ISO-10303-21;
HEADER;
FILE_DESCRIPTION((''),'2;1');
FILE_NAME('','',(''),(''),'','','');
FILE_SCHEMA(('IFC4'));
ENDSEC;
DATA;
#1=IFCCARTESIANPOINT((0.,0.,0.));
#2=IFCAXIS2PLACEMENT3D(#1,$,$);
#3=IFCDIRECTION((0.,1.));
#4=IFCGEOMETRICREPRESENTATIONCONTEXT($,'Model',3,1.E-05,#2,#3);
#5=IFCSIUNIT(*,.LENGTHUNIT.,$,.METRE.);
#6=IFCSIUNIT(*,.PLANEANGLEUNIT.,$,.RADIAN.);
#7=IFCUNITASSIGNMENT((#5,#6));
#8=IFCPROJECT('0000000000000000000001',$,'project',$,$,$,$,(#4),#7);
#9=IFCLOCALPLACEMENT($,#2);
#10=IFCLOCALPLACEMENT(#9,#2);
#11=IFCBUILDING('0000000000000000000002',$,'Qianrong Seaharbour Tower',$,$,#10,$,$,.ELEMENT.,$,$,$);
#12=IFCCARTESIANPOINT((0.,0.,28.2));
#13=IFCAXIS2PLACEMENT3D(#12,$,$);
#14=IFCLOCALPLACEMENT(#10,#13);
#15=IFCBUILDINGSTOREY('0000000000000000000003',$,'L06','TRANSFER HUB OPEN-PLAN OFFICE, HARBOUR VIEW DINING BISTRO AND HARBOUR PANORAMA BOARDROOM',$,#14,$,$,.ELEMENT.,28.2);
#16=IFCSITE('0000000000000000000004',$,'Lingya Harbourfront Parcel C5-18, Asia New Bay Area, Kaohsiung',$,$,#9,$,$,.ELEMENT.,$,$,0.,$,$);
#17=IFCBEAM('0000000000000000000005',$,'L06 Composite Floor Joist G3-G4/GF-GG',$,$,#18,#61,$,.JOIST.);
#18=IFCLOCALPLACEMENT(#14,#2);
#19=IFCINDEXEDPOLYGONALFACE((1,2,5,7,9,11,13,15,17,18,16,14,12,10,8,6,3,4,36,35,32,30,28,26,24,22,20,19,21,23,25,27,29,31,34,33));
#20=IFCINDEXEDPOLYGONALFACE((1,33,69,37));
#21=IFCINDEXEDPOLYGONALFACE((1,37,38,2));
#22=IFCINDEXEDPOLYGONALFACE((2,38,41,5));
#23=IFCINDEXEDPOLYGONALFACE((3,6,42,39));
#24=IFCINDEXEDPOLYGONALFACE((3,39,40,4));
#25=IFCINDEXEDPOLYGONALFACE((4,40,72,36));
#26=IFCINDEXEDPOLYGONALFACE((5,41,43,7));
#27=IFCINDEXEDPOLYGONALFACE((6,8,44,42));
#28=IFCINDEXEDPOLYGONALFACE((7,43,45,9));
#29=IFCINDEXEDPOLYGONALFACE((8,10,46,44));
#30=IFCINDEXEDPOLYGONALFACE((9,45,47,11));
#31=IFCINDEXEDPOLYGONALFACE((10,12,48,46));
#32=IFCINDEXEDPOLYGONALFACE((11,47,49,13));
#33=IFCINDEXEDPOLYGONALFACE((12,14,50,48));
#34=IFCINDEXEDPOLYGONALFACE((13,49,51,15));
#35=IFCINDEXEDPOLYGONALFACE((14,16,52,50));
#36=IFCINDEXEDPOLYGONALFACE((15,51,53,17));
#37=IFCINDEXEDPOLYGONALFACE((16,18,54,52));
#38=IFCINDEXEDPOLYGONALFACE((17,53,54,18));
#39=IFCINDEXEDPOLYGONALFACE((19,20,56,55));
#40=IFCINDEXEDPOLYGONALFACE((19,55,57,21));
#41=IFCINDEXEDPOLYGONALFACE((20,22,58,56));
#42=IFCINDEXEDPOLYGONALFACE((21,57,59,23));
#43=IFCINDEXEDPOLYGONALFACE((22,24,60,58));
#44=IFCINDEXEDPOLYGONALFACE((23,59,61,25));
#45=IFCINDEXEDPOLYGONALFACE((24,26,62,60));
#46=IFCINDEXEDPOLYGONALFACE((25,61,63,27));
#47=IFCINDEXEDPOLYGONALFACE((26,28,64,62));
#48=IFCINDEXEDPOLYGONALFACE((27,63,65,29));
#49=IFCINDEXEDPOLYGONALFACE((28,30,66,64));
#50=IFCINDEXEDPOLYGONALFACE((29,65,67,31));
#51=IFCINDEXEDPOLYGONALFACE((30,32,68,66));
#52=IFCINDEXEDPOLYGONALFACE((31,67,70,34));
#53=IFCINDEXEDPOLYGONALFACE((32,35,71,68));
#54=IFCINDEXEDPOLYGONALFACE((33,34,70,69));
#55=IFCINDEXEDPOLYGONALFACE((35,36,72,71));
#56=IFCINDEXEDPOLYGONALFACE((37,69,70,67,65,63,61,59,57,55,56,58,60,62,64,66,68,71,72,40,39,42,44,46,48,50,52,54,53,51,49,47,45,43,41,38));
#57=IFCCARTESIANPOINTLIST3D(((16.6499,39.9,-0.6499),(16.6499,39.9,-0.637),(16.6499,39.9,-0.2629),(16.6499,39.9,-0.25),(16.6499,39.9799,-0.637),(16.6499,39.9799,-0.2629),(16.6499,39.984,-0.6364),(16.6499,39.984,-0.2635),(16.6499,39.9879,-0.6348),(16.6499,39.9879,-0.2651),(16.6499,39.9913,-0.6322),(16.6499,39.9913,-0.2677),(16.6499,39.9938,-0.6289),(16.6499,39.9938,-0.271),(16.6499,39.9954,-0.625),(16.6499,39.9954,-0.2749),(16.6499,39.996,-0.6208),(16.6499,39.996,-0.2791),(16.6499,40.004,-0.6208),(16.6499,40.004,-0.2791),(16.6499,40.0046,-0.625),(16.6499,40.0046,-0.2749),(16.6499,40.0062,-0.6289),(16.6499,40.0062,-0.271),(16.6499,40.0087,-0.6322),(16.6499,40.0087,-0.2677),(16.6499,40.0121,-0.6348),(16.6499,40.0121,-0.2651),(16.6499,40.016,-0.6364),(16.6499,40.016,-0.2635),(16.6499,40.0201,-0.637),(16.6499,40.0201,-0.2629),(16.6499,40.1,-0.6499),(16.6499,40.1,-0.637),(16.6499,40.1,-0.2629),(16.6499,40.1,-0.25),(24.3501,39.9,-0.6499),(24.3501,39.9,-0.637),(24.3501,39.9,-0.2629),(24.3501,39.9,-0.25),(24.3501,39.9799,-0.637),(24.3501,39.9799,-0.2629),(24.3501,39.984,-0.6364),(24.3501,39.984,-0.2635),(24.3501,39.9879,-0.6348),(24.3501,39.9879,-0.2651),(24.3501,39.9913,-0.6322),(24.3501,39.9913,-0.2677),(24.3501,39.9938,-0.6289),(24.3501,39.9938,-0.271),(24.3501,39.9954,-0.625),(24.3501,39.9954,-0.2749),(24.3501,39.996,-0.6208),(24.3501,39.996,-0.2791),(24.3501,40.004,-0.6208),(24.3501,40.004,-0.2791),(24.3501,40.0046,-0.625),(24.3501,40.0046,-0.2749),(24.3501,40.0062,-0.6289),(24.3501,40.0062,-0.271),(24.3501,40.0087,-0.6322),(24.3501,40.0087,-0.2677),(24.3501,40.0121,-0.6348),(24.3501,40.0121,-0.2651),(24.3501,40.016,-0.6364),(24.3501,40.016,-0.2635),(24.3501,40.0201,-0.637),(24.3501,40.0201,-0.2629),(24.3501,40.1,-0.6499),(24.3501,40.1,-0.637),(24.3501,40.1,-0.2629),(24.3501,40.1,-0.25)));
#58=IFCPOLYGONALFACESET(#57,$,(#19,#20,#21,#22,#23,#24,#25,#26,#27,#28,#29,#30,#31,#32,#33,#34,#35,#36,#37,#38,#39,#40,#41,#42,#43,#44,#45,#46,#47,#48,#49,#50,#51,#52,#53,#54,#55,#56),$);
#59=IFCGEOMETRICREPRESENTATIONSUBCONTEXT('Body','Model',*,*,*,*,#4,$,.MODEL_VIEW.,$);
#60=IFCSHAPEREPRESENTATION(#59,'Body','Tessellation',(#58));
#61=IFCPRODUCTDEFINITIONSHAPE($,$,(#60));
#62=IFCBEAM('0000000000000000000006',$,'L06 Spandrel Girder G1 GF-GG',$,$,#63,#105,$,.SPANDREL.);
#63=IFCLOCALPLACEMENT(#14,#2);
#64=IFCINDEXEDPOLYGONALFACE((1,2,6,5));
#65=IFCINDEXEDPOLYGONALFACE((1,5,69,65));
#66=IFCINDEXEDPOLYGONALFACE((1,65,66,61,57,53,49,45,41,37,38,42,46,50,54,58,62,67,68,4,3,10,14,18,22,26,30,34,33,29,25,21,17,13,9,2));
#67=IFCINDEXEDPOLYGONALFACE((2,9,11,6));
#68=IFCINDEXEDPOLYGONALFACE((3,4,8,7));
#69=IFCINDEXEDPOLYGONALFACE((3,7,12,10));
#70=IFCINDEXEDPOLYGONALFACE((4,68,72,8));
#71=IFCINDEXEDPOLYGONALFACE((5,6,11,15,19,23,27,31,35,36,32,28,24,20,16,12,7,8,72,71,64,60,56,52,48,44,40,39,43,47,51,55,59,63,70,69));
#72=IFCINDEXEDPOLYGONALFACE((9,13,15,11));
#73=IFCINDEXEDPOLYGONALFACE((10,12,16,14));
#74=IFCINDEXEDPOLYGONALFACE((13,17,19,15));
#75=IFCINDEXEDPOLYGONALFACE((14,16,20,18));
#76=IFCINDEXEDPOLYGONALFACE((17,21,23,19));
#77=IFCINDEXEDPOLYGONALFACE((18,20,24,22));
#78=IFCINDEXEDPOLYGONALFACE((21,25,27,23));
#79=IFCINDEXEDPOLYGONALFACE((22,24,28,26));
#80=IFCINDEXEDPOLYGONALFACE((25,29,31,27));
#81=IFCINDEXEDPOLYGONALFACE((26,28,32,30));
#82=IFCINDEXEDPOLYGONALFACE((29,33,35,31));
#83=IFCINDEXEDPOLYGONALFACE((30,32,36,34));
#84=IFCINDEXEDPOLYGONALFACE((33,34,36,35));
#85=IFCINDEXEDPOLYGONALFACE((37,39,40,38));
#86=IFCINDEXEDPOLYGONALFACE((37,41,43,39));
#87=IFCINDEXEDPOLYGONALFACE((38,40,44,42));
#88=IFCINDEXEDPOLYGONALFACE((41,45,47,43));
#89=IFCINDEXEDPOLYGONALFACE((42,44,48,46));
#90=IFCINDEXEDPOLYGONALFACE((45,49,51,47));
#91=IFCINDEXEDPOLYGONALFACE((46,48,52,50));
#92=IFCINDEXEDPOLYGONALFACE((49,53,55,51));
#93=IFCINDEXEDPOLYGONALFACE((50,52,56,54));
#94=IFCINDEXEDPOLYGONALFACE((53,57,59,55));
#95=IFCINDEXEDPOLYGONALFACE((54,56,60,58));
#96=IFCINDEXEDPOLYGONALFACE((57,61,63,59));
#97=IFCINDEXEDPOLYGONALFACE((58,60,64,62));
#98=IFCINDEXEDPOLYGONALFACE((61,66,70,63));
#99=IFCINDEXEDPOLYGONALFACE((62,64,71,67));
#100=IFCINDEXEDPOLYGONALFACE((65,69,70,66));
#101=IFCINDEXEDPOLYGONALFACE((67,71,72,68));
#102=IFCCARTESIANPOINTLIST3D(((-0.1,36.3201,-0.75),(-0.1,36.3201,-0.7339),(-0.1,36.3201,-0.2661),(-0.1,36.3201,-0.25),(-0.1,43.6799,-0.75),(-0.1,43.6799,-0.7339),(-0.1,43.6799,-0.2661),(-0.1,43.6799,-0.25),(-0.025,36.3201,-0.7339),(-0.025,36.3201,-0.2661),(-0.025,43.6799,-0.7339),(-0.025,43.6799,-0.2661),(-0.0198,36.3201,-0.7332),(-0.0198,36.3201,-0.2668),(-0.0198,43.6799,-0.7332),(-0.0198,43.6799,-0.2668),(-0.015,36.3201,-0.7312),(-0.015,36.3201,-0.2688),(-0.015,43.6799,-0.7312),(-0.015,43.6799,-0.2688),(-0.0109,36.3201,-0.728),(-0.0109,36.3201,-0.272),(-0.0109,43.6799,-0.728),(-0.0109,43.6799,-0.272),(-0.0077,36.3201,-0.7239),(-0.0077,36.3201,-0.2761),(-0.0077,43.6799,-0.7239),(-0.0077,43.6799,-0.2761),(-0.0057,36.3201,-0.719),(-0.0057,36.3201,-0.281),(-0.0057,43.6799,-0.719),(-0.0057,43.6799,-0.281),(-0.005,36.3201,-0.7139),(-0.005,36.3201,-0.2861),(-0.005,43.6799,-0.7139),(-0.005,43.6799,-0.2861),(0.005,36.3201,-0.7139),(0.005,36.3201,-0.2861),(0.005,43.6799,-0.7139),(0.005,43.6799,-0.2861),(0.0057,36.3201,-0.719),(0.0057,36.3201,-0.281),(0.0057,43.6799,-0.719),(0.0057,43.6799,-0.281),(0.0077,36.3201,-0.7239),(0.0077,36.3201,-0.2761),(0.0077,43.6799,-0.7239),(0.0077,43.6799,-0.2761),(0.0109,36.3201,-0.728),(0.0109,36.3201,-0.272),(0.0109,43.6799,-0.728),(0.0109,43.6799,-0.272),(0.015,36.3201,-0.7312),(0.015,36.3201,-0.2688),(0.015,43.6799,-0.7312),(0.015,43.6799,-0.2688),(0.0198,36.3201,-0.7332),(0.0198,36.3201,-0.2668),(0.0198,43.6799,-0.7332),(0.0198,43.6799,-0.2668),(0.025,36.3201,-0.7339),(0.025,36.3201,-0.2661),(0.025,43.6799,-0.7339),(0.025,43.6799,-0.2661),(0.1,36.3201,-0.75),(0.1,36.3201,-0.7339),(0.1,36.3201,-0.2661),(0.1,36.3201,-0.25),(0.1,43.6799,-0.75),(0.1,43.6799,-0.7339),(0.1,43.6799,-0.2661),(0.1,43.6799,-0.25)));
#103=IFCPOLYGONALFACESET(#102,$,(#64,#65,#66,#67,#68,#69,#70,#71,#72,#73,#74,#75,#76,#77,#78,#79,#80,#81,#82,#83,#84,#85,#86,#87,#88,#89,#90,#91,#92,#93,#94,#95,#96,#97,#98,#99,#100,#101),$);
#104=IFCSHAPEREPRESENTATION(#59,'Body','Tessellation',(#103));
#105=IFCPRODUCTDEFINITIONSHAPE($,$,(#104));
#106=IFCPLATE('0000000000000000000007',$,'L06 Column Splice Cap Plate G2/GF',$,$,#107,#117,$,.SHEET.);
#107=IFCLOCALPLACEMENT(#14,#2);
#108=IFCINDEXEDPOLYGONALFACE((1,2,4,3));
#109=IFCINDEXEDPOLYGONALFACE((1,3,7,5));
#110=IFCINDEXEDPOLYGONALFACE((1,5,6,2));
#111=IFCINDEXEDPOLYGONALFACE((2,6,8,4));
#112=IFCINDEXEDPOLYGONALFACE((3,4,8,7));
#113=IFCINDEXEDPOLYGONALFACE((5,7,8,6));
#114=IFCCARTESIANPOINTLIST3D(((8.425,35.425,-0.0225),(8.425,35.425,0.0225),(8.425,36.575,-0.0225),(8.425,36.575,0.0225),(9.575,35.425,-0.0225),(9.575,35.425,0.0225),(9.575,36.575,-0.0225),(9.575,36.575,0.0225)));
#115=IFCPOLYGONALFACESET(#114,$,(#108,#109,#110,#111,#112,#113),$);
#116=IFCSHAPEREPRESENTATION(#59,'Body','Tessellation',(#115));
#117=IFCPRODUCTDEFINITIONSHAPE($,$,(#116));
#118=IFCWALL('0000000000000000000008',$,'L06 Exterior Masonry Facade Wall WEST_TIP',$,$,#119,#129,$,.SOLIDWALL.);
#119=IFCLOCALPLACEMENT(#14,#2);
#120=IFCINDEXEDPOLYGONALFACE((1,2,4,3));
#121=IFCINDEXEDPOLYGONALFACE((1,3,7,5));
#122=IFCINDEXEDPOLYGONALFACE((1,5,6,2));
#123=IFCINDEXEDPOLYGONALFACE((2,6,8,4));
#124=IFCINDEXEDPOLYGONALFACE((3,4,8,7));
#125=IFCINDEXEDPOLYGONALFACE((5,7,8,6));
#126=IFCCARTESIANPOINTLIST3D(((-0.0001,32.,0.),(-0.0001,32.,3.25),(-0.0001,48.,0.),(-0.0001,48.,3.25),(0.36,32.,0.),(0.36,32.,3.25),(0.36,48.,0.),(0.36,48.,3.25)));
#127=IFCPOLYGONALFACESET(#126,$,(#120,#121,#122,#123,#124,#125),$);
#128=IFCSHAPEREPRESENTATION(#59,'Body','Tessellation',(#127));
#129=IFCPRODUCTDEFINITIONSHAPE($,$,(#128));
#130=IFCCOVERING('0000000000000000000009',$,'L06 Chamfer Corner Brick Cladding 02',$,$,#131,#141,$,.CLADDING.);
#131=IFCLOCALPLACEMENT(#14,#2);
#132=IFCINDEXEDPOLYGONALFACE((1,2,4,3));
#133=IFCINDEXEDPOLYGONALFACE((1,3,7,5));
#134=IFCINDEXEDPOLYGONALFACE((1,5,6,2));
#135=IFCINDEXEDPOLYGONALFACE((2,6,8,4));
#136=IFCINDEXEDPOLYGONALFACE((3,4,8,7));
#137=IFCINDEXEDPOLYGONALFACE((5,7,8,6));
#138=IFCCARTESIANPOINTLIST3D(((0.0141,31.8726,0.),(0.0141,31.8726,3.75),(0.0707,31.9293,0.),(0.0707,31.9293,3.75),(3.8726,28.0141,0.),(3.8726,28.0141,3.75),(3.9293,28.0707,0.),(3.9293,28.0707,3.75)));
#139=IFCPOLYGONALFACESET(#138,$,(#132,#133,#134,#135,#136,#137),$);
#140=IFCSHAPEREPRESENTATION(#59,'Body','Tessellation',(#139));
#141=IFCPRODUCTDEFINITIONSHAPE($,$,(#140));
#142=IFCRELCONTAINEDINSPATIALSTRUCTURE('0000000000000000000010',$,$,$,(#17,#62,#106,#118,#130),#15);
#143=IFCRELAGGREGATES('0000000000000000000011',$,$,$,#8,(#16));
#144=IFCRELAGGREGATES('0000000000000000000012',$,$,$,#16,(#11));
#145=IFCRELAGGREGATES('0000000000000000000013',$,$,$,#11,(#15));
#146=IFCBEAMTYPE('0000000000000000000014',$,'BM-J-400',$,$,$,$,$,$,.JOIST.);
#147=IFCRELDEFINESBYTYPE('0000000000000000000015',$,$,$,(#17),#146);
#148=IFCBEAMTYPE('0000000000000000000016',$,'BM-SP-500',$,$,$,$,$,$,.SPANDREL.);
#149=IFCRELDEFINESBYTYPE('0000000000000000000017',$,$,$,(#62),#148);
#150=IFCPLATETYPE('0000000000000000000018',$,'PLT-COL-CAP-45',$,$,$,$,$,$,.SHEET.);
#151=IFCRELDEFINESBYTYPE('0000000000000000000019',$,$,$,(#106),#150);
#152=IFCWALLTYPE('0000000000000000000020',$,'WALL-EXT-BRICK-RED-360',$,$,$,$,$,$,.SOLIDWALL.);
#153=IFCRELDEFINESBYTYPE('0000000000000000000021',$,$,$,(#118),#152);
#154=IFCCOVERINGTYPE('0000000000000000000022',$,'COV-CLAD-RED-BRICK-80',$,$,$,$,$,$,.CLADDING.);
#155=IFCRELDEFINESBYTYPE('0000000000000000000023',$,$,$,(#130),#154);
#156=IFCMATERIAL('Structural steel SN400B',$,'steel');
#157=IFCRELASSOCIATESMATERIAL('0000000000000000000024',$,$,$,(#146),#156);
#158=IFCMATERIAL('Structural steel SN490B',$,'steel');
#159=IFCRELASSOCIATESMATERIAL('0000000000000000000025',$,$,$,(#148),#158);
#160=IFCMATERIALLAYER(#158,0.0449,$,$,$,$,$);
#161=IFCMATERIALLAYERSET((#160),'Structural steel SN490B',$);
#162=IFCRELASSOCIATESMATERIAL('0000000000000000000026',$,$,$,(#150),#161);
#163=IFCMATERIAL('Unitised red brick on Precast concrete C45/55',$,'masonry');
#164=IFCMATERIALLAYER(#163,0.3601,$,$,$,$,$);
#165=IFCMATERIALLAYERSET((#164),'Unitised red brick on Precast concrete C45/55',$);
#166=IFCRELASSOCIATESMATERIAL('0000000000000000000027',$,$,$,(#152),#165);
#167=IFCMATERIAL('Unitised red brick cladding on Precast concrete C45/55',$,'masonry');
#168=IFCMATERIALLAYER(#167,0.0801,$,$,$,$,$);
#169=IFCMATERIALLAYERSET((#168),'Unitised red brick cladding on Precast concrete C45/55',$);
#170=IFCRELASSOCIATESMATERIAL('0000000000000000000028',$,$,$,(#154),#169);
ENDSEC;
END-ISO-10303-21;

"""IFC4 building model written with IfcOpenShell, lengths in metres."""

from ifc_helpers import new_model, si_unit, direction, frame, frame_2d, origin, origin_2d, place, context, subcontext, project, spatial, rectangle, i_section, extrude, material, layer, layer_set, material_profile, profile_set, type_object, element, save


model = new_model("IFC4")

# Units and contexts
model_context = context("Model", 3, precision=1e-05, world=origin(), true_north=direction((0.0, 1.0)))
body_context = subcontext(model_context, "Body", "Model", "MODEL_VIEW")
ifc_project = project(units=[si_unit("LENGTHUNIT", "METRE"), si_unit("PLANEANGLEUNIT", "RADIAN")], contexts=[model_context])

# Site, building, storey
site_placement = place(None, origin())
site = spatial("IfcSite", under=ifc_project, at=site_placement, Name="Lingya Harbourfront Parcel C5-18, Asia New Bay Area, Kaohsiung", CompositionType="ELEMENT", RefElevation=0.0)
building_placement = place(site_placement, origin())
building = spatial("IfcBuilding", under=site, at=building_placement, Name="Qianrong Seaharbour Tower", CompositionType="ELEMENT")
storey_placement = place(building_placement, frame((0.0, 0.0, 28.2)))
storey = spatial("IfcBuildingStorey", under=building, at=storey_placement, Name="L06", Description="TRANSFER HUB OPEN-PLAN OFFICE, HARBOUR VIEW DINING BISTRO AND HARBOUR PANORAMA BOARDROOM", CompositionType="ELEMENT", Elevation=28.2)

# Shared definitions
ifc_material_1 = material(Name="Structural steel SN490B", Category="steel")

# Beams
ifc_material_2 = material(Name="Structural steel SN400B", Category="steel")
ifc_material_profile_1 = material_profile(ifc_material_2, i_section(OverallWidth=0.2, OverallDepth=0.3999, WebThickness=0.0081, FlangeThickness=0.0129, FilletRadius=0.0161, at=origin_2d()), Name="H400x200x8x13")
ifc_profile_set_1 = profile_set([ifc_material_profile_1], Name="Structural steel SN400B")
beam_type_1 = type_object("IfcBeamType", Name="BM-J-400", PredefinedType="JOIST", material=ifc_profile_set_1)
for number, where, z_axis, x_axis, name in (
    (1, (16.6499, 40.0, -0.45), (1.0, 0.0, 0.0), (0.0, 1.0, 0.0), "L06 Composite Floor Joist G3-G4/GF-GG"),
):
    element("IfcBeam", number, at=place(storey_placement, frame(where, z_axis=z_axis, x_axis=x_axis)), inside=storey, type_object=beam_type_1, Name=name, PredefinedType="JOIST", context=body_context, shape_type="SweptSolid", body=[
        extrude(i_section(OverallWidth=0.2, OverallDepth=0.3999, WebThickness=0.0081, FlangeThickness=0.0129, FilletRadius=0.0161, at=origin_2d()), origin(), (0.0, 0.0, 1.0), 7.7002),
    ])
ifc_material_profile_2 = material_profile(ifc_material_1, i_section(OverallWidth=0.2, OverallDepth=0.5, WebThickness=0.01, FlangeThickness=0.0161, FilletRadius=0.02, at=origin_2d()), Name="H500x200x10x16")
ifc_profile_set_2 = profile_set([ifc_material_profile_2], Name="Structural steel SN490B")
beam_type_2 = type_object("IfcBeamType", Name="BM-SP-500", PredefinedType="SPANDREL", material=ifc_profile_set_2)
beam_1_placement = place(storey_placement, frame((0.0, 36.3201, -0.5), z_axis=(0.0, 1.0, 0.0), x_axis=(-1.0, 0.0, 0.0)))
element("IfcBeam", 2, at=beam_1_placement, inside=storey, type_object=beam_type_2, Name="L06 Spandrel Girder G1 GF-GG", PredefinedType="SPANDREL", context=body_context, shape_type="SweptSolid", body=[
    extrude(i_section(OverallWidth=0.2, OverallDepth=0.5, WebThickness=0.01, FlangeThickness=0.0161, FilletRadius=0.02, at=origin_2d()), origin(), (0.0, 0.0, 1.0), 7.3599),
])

# Plate
ifc_layer_1 = layer(ifc_material_1, 0.0449)
ifc_layer_set_1 = layer_set([ifc_layer_1], Name="Structural steel SN490B")
plate_type = type_object("IfcPlateType", Name="PLT-COL-CAP-45", PredefinedType="SHEET", material=ifc_layer_set_1)
plate_placement = place(storey_placement, frame((9.0, 36.0, -0.0225), z_axis=(0.0, 0.0, 1.0), x_axis=(1.0, 0.0, 0.0)))
element("IfcPlate", 3, at=plate_placement, inside=storey, type_object=plate_type, Name="L06 Column Splice Cap Plate G2/GF", PredefinedType="SHEET", context=body_context, shape_type="SweptSolid", body=[
    extrude(rectangle(XDim=1.1499, YDim=1.1499, at=origin_2d()), origin(), (0.0, 0.0, 1.0), 0.0449),
])

# Wall
ifc_material_3 = material(Name="Unitised red brick on Precast concrete C45/55", Category="masonry")
ifc_layer_2 = layer(ifc_material_3, 0.3601)
ifc_layer_set_2 = layer_set([ifc_layer_2], Name="Unitised red brick on Precast concrete C45/55")
wall_type = type_object("IfcWallType", Name="WALL-EXT-BRICK-RED-360", PredefinedType="SOLIDWALL", material=ifc_layer_set_2)
wall_placement = place(storey_placement, frame((0.1799, 32.0, 0.0), z_axis=(0.0, 0.0, 1.0), x_axis=(0.0, 1.0, 0.0)))
element("IfcWall", 4, at=wall_placement, inside=storey, type_object=wall_type, Name="L06 Exterior Masonry Facade Wall WEST_TIP", PredefinedType="SOLIDWALL", context=body_context, shape_type="SweptSolid", body=[
    extrude(rectangle(XDim=16.0, YDim=0.3601, at=frame_2d((8.0, 0.0))), origin(), (0.0, 0.0, 1.0), 3.25),
])

# Covering
ifc_material_4 = material(Name="Unitised red brick cladding on Precast concrete C45/55", Category="masonry")
ifc_layer_3 = layer(ifc_material_4, 0.0801)
ifc_layer_set_3 = layer_set([ifc_layer_3], Name="Unitised red brick cladding on Precast concrete C45/55")
covering_type = type_object("IfcCoveringType", Name="COV-CLAD-RED-BRICK-80", PredefinedType="CLADDING", material=ifc_layer_set_3)
covering_placement = place(storey_placement, frame((1.9717, 29.9717, 0.0), z_axis=(0.0, 0.0, 1.0), x_axis=(-0.707107, 0.707107, 0.0)))
element("IfcCovering", 5, at=covering_placement, inside=storey, type_object=covering_type, Name="L06 Chamfer Corner Brick Cladding 02", PredefinedType="CLADDING", context=body_context, shape_type="SweptSolid", body=[
    extrude(rectangle(XDim=5.4568, YDim=0.0801, at=origin_2d()), origin(), (0.0, 0.0, 1.0), 3.75),
])

save(model, "model.ifc")
